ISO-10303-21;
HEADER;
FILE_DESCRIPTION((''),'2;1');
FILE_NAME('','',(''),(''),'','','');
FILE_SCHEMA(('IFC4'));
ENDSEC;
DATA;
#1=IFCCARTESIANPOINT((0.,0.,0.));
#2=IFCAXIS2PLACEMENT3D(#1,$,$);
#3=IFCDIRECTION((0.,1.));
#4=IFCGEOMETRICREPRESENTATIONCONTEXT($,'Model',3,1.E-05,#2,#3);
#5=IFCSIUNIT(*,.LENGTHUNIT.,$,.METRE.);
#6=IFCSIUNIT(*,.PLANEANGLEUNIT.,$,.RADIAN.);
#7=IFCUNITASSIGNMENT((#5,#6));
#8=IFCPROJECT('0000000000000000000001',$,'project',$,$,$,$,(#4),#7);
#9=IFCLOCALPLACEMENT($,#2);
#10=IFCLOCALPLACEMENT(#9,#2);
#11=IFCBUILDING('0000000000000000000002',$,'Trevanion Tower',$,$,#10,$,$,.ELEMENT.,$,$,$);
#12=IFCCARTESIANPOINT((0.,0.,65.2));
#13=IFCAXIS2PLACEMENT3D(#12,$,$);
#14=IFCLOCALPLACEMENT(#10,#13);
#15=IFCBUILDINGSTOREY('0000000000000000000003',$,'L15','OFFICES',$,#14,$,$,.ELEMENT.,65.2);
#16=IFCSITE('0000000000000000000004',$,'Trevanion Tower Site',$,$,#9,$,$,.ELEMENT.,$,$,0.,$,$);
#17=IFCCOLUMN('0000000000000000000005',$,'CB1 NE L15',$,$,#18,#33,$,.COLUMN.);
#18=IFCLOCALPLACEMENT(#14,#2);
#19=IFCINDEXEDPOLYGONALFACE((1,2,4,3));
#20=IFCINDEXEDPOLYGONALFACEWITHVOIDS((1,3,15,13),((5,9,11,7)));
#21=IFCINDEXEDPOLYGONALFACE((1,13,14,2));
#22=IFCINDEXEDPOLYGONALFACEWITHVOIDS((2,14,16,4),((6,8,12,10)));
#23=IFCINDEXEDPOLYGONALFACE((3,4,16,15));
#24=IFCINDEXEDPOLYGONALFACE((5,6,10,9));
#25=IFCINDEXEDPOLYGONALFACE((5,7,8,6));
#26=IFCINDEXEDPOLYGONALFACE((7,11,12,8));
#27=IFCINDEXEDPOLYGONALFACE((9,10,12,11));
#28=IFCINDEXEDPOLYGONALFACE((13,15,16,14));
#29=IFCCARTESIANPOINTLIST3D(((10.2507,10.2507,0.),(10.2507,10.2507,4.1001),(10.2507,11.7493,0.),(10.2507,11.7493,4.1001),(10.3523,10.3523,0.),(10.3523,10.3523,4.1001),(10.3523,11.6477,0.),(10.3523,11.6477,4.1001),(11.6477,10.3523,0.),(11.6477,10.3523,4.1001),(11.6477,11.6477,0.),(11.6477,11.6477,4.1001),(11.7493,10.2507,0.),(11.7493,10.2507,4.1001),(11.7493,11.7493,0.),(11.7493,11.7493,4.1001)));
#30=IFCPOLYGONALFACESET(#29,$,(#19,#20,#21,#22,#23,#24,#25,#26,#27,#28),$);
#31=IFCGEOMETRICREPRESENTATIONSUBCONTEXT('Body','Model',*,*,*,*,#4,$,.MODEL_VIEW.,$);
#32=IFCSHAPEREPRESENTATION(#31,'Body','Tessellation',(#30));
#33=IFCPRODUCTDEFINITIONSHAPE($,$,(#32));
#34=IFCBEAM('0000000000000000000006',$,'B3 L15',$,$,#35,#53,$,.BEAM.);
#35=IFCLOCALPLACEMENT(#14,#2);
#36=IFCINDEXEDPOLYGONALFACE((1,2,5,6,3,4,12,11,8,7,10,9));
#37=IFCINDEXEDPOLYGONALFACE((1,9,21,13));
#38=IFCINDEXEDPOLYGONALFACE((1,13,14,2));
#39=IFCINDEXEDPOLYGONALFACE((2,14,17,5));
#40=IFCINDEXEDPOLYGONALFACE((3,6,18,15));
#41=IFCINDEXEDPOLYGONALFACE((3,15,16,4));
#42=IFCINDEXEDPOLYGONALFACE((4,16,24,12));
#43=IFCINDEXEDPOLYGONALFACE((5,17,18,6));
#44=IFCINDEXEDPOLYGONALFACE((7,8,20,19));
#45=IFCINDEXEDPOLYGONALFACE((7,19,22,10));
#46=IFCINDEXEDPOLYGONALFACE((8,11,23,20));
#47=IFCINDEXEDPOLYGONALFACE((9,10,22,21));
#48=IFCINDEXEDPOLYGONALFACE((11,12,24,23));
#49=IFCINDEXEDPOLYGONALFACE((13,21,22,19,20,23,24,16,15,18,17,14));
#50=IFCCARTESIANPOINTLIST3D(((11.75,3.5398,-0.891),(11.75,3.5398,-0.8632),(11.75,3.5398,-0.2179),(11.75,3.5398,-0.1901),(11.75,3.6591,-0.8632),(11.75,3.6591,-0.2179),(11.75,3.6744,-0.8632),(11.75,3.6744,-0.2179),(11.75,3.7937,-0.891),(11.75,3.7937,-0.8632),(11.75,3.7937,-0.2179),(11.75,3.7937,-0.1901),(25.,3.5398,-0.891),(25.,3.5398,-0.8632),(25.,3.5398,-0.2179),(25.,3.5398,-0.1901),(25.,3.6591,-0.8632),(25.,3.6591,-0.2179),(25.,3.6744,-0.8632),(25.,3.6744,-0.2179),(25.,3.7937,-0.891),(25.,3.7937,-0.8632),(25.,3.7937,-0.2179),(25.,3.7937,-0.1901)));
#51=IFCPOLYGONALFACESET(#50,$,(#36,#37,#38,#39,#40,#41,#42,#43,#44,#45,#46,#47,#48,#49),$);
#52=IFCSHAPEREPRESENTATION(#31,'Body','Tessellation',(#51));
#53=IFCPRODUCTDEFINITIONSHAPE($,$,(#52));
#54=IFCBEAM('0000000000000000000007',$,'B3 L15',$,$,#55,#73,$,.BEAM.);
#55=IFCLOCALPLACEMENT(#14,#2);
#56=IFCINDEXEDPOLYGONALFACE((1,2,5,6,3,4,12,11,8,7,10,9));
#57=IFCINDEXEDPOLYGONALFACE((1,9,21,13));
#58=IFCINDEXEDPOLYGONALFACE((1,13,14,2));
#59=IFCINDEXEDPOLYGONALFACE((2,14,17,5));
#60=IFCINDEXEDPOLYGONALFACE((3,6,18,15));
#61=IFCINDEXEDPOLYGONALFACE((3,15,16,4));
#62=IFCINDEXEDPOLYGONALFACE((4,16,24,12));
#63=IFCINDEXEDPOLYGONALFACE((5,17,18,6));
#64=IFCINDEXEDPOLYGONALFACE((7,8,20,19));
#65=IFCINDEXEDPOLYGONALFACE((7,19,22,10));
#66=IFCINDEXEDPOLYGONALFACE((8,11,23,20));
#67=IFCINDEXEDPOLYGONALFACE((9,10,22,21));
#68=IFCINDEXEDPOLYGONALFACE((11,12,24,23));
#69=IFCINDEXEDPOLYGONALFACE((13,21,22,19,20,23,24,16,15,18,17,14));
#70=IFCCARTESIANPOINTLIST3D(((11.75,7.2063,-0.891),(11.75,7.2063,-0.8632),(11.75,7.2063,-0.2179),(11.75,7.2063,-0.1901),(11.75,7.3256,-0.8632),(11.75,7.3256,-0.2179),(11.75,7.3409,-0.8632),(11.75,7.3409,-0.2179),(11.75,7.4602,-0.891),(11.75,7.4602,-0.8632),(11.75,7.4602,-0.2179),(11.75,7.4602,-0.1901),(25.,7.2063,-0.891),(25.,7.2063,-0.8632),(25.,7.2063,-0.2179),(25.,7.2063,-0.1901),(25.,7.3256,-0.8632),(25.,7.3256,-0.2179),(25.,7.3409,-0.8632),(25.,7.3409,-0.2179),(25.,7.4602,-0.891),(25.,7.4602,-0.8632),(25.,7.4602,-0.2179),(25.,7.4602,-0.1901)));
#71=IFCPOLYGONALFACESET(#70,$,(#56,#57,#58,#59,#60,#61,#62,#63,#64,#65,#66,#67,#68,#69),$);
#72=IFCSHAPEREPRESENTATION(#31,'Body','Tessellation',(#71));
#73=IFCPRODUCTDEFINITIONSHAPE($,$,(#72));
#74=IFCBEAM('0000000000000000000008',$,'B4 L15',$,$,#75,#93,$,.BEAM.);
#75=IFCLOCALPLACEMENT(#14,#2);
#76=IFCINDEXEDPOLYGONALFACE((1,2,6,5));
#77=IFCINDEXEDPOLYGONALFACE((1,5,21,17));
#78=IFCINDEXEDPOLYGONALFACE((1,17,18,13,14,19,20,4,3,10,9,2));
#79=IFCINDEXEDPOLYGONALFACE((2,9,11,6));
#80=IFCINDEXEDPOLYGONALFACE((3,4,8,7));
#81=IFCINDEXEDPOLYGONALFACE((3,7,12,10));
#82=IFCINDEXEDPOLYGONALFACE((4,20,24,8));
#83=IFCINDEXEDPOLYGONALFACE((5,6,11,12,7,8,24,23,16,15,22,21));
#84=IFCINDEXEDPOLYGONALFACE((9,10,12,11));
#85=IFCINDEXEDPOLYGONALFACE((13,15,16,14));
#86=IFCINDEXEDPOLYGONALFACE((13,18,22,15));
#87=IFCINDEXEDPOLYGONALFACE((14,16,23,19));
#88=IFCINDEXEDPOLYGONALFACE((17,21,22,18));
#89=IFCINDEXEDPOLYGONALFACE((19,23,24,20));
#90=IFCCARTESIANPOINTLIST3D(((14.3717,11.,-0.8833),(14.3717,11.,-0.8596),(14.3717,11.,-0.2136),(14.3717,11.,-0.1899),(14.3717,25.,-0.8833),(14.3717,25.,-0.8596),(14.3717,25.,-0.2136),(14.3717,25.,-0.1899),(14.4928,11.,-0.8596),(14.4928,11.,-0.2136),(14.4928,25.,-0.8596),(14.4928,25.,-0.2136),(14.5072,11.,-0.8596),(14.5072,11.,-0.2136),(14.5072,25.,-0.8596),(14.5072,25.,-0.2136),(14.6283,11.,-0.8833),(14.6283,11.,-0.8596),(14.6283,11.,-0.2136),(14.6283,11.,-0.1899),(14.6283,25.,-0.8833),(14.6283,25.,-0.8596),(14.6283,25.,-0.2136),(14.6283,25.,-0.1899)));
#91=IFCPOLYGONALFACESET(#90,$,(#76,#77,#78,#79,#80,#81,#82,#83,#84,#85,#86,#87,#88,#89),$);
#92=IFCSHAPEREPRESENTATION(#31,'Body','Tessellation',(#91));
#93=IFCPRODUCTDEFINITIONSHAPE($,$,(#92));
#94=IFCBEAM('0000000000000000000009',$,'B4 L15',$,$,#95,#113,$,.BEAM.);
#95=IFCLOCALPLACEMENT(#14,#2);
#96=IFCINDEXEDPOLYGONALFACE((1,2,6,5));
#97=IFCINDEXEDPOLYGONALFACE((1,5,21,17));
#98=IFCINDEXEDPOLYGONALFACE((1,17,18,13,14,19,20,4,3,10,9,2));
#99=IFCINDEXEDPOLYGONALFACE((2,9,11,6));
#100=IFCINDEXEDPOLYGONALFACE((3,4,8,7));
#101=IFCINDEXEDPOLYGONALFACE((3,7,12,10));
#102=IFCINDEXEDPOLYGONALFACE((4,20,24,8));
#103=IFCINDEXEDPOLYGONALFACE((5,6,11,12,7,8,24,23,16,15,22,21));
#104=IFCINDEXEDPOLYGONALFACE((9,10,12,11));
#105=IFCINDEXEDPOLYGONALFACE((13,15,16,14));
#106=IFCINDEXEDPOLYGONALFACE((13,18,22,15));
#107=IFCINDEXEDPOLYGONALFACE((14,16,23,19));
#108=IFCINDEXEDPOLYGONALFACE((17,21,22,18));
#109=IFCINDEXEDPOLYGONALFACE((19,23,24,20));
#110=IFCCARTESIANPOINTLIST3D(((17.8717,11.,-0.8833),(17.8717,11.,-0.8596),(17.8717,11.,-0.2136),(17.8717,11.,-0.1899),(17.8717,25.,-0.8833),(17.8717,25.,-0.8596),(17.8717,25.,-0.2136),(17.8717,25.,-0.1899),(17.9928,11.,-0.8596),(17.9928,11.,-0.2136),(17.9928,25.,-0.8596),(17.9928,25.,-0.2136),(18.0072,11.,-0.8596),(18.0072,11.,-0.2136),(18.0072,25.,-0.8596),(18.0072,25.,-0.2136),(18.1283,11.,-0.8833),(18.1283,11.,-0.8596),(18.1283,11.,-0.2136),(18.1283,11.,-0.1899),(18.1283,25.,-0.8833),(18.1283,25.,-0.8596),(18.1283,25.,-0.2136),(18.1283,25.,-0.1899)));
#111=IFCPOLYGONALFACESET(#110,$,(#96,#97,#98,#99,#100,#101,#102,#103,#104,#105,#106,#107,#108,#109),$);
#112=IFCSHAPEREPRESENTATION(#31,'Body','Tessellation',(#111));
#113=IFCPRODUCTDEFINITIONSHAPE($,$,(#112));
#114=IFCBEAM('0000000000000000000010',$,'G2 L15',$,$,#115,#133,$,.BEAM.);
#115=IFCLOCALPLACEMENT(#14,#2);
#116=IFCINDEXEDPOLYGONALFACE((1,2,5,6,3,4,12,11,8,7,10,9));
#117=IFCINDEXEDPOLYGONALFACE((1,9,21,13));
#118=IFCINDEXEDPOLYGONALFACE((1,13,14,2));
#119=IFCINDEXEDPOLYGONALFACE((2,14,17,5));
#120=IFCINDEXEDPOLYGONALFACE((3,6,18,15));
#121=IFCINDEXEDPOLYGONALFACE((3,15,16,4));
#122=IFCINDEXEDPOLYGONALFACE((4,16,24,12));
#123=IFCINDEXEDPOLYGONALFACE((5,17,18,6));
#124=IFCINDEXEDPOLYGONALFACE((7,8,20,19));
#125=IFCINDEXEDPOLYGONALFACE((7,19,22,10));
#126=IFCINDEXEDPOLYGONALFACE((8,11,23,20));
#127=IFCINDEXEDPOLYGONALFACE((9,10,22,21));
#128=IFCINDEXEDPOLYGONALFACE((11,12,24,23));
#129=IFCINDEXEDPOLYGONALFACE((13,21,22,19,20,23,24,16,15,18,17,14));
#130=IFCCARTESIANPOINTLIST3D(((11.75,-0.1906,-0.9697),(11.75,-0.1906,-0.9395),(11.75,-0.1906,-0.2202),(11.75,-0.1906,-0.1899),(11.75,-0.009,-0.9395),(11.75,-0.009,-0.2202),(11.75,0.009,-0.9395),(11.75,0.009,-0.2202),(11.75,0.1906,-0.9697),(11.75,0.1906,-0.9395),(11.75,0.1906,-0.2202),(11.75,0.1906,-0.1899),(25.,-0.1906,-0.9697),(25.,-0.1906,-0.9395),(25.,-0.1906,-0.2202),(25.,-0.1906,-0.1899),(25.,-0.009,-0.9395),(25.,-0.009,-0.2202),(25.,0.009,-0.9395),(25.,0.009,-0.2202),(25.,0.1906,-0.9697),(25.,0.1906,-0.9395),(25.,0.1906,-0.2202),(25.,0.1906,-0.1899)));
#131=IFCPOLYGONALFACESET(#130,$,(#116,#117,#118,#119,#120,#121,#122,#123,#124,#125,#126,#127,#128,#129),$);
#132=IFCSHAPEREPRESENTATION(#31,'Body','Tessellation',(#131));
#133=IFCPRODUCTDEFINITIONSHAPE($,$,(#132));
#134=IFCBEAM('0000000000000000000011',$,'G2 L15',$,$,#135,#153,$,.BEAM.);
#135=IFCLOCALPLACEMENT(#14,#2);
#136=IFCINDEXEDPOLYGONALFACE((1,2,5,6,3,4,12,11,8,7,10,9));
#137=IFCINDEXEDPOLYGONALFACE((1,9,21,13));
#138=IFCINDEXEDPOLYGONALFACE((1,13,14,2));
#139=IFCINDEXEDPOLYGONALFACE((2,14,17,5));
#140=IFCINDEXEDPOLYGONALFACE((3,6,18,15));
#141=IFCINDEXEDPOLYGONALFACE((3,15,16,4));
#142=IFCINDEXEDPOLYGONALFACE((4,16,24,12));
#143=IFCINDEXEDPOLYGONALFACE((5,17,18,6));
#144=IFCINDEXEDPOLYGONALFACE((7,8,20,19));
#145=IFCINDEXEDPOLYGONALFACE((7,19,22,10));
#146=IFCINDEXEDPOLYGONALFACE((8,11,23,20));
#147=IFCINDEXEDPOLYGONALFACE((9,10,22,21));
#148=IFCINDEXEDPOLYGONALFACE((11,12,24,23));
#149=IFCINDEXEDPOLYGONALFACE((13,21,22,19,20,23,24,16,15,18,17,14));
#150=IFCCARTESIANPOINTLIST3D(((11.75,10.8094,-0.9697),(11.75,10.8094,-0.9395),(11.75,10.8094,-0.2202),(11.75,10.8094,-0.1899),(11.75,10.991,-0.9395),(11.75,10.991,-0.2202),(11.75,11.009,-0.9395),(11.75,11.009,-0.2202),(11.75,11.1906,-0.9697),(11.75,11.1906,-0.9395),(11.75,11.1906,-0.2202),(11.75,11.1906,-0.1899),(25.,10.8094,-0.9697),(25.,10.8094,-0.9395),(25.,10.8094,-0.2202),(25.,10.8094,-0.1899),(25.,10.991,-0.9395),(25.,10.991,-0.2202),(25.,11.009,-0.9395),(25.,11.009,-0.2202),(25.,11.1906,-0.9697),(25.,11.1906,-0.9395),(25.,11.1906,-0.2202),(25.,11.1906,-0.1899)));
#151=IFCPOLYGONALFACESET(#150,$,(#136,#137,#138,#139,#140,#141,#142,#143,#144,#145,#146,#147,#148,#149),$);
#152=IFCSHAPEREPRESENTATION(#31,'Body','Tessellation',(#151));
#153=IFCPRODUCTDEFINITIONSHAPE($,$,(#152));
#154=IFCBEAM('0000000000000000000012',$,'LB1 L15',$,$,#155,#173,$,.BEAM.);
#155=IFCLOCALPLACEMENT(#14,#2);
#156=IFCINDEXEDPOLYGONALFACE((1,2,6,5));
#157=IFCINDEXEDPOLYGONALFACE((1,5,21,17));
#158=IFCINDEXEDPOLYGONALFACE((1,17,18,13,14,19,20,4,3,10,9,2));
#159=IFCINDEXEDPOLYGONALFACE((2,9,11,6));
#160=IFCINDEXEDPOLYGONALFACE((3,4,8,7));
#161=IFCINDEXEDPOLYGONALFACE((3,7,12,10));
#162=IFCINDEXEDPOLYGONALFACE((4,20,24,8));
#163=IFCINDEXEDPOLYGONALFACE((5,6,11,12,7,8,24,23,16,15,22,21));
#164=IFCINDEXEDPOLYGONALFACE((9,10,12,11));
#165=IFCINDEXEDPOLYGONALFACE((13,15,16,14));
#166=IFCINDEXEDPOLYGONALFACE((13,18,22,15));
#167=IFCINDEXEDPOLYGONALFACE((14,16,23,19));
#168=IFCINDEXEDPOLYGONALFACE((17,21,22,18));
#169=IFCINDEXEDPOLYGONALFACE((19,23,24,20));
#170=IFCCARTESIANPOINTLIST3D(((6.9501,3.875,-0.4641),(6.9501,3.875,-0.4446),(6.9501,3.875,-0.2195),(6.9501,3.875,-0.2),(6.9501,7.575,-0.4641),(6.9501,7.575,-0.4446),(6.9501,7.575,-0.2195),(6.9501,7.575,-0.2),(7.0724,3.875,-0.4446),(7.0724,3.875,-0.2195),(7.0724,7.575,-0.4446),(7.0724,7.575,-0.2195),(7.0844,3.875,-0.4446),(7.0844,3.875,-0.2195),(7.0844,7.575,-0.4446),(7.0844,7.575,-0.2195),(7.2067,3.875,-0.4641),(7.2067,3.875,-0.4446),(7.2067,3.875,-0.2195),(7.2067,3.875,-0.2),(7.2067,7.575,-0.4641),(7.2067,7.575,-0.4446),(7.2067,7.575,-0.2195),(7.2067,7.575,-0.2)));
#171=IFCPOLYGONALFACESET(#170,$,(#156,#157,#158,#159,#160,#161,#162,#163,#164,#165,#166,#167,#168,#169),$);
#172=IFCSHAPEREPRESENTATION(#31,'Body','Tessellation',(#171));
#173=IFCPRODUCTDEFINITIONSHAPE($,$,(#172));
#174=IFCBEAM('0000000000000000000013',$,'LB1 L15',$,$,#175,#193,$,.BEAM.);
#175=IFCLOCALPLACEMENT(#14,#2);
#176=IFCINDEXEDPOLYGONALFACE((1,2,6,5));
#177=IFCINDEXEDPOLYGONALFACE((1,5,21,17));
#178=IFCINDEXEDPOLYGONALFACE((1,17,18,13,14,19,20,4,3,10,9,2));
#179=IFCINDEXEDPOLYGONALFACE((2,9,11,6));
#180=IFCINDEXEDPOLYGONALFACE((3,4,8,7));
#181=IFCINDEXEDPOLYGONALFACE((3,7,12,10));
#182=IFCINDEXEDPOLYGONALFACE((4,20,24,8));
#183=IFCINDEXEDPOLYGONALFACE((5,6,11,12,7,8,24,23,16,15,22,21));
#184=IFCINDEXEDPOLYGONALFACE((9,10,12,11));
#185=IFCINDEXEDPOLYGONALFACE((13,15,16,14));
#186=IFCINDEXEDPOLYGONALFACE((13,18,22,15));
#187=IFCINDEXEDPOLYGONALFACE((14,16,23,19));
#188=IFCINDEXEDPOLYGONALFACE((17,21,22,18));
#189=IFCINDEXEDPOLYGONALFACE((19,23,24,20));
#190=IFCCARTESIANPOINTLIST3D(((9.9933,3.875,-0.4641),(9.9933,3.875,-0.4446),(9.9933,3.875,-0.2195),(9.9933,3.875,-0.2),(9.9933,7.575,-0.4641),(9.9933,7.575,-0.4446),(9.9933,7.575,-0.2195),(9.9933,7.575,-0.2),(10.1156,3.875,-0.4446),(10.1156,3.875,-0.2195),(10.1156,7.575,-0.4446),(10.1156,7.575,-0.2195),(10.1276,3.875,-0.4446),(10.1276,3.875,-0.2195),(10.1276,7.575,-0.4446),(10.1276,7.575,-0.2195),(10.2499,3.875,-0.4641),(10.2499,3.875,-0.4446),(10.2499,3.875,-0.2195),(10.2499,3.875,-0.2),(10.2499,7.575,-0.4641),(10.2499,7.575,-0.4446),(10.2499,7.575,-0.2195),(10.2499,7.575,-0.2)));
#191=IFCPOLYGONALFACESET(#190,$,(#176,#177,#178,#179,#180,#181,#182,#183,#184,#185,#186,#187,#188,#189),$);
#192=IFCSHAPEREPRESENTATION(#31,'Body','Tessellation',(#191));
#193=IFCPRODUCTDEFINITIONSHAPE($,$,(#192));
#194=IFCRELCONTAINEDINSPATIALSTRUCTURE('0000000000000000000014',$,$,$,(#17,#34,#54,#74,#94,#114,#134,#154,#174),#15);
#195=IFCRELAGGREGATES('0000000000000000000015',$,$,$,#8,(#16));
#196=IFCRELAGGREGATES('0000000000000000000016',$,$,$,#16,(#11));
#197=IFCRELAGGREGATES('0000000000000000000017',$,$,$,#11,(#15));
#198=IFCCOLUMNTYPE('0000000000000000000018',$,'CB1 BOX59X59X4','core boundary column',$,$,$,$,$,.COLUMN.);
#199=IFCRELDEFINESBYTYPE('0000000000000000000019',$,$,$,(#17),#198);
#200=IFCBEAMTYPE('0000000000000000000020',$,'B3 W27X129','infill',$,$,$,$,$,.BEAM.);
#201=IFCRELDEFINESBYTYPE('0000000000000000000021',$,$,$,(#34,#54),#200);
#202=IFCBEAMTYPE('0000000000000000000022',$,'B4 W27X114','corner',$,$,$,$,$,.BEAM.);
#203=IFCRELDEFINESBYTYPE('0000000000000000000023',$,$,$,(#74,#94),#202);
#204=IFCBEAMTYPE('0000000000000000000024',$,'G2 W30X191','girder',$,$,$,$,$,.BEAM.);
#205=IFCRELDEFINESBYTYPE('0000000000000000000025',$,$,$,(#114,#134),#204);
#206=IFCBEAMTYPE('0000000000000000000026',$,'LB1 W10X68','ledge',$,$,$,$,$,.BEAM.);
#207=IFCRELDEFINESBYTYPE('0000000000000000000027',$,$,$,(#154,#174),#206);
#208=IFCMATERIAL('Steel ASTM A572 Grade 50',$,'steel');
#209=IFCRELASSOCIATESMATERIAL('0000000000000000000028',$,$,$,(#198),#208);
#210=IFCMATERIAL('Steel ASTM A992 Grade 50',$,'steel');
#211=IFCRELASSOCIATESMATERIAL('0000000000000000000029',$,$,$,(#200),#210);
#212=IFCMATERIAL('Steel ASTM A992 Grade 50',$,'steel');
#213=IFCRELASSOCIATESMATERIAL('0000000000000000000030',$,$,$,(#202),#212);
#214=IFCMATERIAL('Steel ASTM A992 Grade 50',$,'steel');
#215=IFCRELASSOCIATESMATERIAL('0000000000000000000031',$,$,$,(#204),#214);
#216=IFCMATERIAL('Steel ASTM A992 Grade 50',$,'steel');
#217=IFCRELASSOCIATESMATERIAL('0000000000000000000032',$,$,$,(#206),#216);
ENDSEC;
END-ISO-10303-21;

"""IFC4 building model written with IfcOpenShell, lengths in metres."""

from ifc_helpers import new_model, si_unit, direction, frame, origin, origin_2d, place, context, subcontext, project, spatial, hollow_rectangle, i_section, extrude, material, material_profile, profile_set, type_object, element, save


model = new_model("IFC4")

# Units and contexts
model_context = context("Model", 3, precision=1e-05, world=origin(), true_north=direction((0.0, 1.0)))
body_context = subcontext(model_context, "Body", "Model", "MODEL_VIEW")
ifc_project = project(units=[si_unit("LENGTHUNIT", "METRE"), si_unit("PLANEANGLEUNIT", "RADIAN")], contexts=[model_context])

# Site, building, storey
site_placement = place(None, origin())
site = spatial("IfcSite", under=ifc_project, at=site_placement, Name="Trevanion Tower Site", CompositionType="ELEMENT", RefElevation=0.0)
building_placement = place(site_placement, origin())
building = spatial("IfcBuilding", under=site, at=building_placement, Name="Trevanion Tower", CompositionType="ELEMENT")
storey_placement = place(building_placement, frame((0.0, 0.0, 65.2)))
storey = spatial("IfcBuildingStorey", under=building, at=storey_placement, Name="L15", Description="OFFICES", CompositionType="ELEMENT", Elevation=65.2)

# Column
ifc_material_1 = material(Name="Steel ASTM A572 Grade 50", Category="steel")
ifc_material_profile_1 = material_profile(ifc_material_1, hollow_rectangle(XDim=1.4985, YDim=1.4985, WallThickness=0.1016, at=origin_2d()), Name="BOX59X59X4")
ifc_profile_set_1 = profile_set([ifc_material_profile_1], Name="Steel ASTM A572 Grade 50")
column_type = type_object("IfcColumnType", Name="CB1 BOX59X59X4", Description="core boundary column", PredefinedType="COLUMN", material=ifc_profile_set_1)
column_placement = place(storey_placement, frame((11.0, 11.0, 0.0), z_axis=(0.0, 0.0, 1.0), x_axis=(1.0, 0.0, 0.0)))
element("IfcColumn", 1, at=column_placement, inside=storey, type_object=column_type, Name="CB1 NE L15", PredefinedType="COLUMN", context=body_context, shape_type="SweptSolid", body=[
    extrude(hollow_rectangle(XDim=1.4985, YDim=1.4985, WallThickness=0.1016, at=origin_2d()), origin(), (0.0, 0.0, 1.0), 4.1001),
])

# Beams
ifc_material_2 = material(Name="Steel ASTM A992 Grade 50", Category="steel")
ifc_material_profile_2 = material_profile(ifc_material_2, i_section(OverallWidth=0.2539, OverallDepth=0.7009, WebThickness=0.0154, FlangeThickness=0.0278, at=origin_2d()), Name="W27X129")
ifc_profile_set_2 = profile_set([ifc_material_profile_2], Name="Steel ASTM A992 Grade 50")
beam_type_1 = type_object("IfcBeamType", Name="B3 W27X129", Description="infill", PredefinedType="BEAM", material=ifc_profile_set_2)
for number, where, z_axis, x_axis, name in (
    (2, (11.75, 3.6667, -0.5405), (1.0, 0.0, 0.0), (0.0, 1.0, 0.0), "B3 L15"),
    (3, (11.75, 7.3333, -0.5405), (1.0, 0.0, 0.0), (0.0, 1.0, 0.0), "B3 L15"),
):
    element("IfcBeam", number, at=place(storey_placement, frame(where, z_axis=z_axis, x_axis=x_axis)), inside=storey, type_object=beam_type_1, Name=name, PredefinedType="BEAM", context=body_context, shape_type="SweptSolid", body=[
        extrude(i_section(OverallWidth=0.2539, OverallDepth=0.7009, WebThickness=0.0154, FlangeThickness=0.0278, at=origin_2d()), origin(), (0.0, 0.0, 1.0), 13.25),
    ])
ifc_material_3 = material(Name="Steel ASTM A992 Grade 50", Category="steel")
ifc_material_profile_3 = material_profile(ifc_material_3, i_section(OverallWidth=0.2566, OverallDepth=0.6934, WebThickness=0.0144, FlangeThickness=0.0237, at=origin_2d()), Name="W27X114")
ifc_profile_set_3 = profile_set([ifc_material_profile_3], Name="Steel ASTM A992 Grade 50")
beam_type_2 = type_object("IfcBeamType", Name="B4 W27X114", Description="corner", PredefinedType="BEAM", material=ifc_profile_set_3)
for number, where, z_axis, x_axis, name in (
    (4, (14.5, 11.0, -0.5366), (0.0, 1.0, 0.0), (-1.0, 0.0, 0.0), "B4 L15"),
    (5, (18.0, 11.0, -0.5366), (0.0, 1.0, 0.0), (-1.0, 0.0, 0.0), "B4 L15"),
):
    element("IfcBeam", number, at=place(storey_placement, frame(where, z_axis=z_axis, x_axis=x_axis)), inside=storey, type_object=beam_type_2, Name=name, PredefinedType="BEAM", context=body_context, shape_type="SweptSolid", body=[
        extrude(i_section(OverallWidth=0.2566, OverallDepth=0.6934, WebThickness=0.0144, FlangeThickness=0.0237, at=origin_2d()), origin(), (0.0, 0.0, 1.0), 14.0),
    ])
ifc_material_4 = material(Name="Steel ASTM A992 Grade 50", Category="steel")
ifc_material_profile_4 = material_profile(ifc_material_4, i_section(OverallWidth=0.3811, OverallDepth=0.7798, WebThickness=0.0181, FlangeThickness=0.0303, at=origin_2d()), Name="W30X191")
ifc_profile_set_4 = profile_set([ifc_material_profile_4], Name="Steel ASTM A992 Grade 50")
beam_type_3 = type_object("IfcBeamType", Name="G2 W30X191", Description="girder", PredefinedType="BEAM", material=ifc_profile_set_4)
for number, where, z_axis, x_axis, name in (
    (6, (11.75, 0.0, -0.5798), (1.0, 0.0, 0.0), (0.0, 1.0, 0.0), "G2 L15"),
    (7, (11.75, 11.0, -0.5798), (1.0, 0.0, 0.0), (0.0, 1.0, 0.0), "G2 L15"),
):
    element("IfcBeam", number, at=place(storey_placement, frame(where, z_axis=z_axis, x_axis=x_axis)), inside=storey, type_object=beam_type_3, Name=name, PredefinedType="BEAM", context=body_context, shape_type="SweptSolid", body=[
        extrude(i_section(OverallWidth=0.3811, OverallDepth=0.7798, WebThickness=0.0181, FlangeThickness=0.0303, at=origin_2d()), origin(), (0.0, 0.0, 1.0), 13.25),
    ])
ifc_material_5 = material(Name="Steel ASTM A992 Grade 50", Category="steel")
ifc_material_profile_5 = material_profile(ifc_material_5, i_section(OverallWidth=0.2566, OverallDepth=0.2642, WebThickness=0.012, FlangeThickness=0.0195, at=origin_2d()), Name="W10X68")
ifc_profile_set_5 = profile_set([ifc_material_profile_5], Name="Steel ASTM A992 Grade 50")
beam_type_4 = type_object("IfcBeamType", Name="LB1 W10X68", Description="ledge", PredefinedType="BEAM", material=ifc_profile_set_5)
for number, where, z_axis, x_axis, name in (
    (8, (7.0784, 3.875, -0.332), (0.0, 1.0, 0.0), (-1.0, 0.0, 0.0), "LB1 L15"),
    (9, (10.1216, 3.875, -0.332), (0.0, 1.0, 0.0), (-1.0, 0.0, 0.0), "LB1 L15"),
):
    element("IfcBeam", number, at=place(storey_placement, frame(where, z_axis=z_axis, x_axis=x_axis)), inside=storey, type_object=beam_type_4, Name=name, PredefinedType="BEAM", context=body_context, shape_type="SweptSolid", body=[
        extrude(i_section(OverallWidth=0.2566, OverallDepth=0.2642, WebThickness=0.012, FlangeThickness=0.0195, at=origin_2d()), origin(), (0.0, 0.0, 1.0), 3.7),
    ])

save(model, "model.ifc")
